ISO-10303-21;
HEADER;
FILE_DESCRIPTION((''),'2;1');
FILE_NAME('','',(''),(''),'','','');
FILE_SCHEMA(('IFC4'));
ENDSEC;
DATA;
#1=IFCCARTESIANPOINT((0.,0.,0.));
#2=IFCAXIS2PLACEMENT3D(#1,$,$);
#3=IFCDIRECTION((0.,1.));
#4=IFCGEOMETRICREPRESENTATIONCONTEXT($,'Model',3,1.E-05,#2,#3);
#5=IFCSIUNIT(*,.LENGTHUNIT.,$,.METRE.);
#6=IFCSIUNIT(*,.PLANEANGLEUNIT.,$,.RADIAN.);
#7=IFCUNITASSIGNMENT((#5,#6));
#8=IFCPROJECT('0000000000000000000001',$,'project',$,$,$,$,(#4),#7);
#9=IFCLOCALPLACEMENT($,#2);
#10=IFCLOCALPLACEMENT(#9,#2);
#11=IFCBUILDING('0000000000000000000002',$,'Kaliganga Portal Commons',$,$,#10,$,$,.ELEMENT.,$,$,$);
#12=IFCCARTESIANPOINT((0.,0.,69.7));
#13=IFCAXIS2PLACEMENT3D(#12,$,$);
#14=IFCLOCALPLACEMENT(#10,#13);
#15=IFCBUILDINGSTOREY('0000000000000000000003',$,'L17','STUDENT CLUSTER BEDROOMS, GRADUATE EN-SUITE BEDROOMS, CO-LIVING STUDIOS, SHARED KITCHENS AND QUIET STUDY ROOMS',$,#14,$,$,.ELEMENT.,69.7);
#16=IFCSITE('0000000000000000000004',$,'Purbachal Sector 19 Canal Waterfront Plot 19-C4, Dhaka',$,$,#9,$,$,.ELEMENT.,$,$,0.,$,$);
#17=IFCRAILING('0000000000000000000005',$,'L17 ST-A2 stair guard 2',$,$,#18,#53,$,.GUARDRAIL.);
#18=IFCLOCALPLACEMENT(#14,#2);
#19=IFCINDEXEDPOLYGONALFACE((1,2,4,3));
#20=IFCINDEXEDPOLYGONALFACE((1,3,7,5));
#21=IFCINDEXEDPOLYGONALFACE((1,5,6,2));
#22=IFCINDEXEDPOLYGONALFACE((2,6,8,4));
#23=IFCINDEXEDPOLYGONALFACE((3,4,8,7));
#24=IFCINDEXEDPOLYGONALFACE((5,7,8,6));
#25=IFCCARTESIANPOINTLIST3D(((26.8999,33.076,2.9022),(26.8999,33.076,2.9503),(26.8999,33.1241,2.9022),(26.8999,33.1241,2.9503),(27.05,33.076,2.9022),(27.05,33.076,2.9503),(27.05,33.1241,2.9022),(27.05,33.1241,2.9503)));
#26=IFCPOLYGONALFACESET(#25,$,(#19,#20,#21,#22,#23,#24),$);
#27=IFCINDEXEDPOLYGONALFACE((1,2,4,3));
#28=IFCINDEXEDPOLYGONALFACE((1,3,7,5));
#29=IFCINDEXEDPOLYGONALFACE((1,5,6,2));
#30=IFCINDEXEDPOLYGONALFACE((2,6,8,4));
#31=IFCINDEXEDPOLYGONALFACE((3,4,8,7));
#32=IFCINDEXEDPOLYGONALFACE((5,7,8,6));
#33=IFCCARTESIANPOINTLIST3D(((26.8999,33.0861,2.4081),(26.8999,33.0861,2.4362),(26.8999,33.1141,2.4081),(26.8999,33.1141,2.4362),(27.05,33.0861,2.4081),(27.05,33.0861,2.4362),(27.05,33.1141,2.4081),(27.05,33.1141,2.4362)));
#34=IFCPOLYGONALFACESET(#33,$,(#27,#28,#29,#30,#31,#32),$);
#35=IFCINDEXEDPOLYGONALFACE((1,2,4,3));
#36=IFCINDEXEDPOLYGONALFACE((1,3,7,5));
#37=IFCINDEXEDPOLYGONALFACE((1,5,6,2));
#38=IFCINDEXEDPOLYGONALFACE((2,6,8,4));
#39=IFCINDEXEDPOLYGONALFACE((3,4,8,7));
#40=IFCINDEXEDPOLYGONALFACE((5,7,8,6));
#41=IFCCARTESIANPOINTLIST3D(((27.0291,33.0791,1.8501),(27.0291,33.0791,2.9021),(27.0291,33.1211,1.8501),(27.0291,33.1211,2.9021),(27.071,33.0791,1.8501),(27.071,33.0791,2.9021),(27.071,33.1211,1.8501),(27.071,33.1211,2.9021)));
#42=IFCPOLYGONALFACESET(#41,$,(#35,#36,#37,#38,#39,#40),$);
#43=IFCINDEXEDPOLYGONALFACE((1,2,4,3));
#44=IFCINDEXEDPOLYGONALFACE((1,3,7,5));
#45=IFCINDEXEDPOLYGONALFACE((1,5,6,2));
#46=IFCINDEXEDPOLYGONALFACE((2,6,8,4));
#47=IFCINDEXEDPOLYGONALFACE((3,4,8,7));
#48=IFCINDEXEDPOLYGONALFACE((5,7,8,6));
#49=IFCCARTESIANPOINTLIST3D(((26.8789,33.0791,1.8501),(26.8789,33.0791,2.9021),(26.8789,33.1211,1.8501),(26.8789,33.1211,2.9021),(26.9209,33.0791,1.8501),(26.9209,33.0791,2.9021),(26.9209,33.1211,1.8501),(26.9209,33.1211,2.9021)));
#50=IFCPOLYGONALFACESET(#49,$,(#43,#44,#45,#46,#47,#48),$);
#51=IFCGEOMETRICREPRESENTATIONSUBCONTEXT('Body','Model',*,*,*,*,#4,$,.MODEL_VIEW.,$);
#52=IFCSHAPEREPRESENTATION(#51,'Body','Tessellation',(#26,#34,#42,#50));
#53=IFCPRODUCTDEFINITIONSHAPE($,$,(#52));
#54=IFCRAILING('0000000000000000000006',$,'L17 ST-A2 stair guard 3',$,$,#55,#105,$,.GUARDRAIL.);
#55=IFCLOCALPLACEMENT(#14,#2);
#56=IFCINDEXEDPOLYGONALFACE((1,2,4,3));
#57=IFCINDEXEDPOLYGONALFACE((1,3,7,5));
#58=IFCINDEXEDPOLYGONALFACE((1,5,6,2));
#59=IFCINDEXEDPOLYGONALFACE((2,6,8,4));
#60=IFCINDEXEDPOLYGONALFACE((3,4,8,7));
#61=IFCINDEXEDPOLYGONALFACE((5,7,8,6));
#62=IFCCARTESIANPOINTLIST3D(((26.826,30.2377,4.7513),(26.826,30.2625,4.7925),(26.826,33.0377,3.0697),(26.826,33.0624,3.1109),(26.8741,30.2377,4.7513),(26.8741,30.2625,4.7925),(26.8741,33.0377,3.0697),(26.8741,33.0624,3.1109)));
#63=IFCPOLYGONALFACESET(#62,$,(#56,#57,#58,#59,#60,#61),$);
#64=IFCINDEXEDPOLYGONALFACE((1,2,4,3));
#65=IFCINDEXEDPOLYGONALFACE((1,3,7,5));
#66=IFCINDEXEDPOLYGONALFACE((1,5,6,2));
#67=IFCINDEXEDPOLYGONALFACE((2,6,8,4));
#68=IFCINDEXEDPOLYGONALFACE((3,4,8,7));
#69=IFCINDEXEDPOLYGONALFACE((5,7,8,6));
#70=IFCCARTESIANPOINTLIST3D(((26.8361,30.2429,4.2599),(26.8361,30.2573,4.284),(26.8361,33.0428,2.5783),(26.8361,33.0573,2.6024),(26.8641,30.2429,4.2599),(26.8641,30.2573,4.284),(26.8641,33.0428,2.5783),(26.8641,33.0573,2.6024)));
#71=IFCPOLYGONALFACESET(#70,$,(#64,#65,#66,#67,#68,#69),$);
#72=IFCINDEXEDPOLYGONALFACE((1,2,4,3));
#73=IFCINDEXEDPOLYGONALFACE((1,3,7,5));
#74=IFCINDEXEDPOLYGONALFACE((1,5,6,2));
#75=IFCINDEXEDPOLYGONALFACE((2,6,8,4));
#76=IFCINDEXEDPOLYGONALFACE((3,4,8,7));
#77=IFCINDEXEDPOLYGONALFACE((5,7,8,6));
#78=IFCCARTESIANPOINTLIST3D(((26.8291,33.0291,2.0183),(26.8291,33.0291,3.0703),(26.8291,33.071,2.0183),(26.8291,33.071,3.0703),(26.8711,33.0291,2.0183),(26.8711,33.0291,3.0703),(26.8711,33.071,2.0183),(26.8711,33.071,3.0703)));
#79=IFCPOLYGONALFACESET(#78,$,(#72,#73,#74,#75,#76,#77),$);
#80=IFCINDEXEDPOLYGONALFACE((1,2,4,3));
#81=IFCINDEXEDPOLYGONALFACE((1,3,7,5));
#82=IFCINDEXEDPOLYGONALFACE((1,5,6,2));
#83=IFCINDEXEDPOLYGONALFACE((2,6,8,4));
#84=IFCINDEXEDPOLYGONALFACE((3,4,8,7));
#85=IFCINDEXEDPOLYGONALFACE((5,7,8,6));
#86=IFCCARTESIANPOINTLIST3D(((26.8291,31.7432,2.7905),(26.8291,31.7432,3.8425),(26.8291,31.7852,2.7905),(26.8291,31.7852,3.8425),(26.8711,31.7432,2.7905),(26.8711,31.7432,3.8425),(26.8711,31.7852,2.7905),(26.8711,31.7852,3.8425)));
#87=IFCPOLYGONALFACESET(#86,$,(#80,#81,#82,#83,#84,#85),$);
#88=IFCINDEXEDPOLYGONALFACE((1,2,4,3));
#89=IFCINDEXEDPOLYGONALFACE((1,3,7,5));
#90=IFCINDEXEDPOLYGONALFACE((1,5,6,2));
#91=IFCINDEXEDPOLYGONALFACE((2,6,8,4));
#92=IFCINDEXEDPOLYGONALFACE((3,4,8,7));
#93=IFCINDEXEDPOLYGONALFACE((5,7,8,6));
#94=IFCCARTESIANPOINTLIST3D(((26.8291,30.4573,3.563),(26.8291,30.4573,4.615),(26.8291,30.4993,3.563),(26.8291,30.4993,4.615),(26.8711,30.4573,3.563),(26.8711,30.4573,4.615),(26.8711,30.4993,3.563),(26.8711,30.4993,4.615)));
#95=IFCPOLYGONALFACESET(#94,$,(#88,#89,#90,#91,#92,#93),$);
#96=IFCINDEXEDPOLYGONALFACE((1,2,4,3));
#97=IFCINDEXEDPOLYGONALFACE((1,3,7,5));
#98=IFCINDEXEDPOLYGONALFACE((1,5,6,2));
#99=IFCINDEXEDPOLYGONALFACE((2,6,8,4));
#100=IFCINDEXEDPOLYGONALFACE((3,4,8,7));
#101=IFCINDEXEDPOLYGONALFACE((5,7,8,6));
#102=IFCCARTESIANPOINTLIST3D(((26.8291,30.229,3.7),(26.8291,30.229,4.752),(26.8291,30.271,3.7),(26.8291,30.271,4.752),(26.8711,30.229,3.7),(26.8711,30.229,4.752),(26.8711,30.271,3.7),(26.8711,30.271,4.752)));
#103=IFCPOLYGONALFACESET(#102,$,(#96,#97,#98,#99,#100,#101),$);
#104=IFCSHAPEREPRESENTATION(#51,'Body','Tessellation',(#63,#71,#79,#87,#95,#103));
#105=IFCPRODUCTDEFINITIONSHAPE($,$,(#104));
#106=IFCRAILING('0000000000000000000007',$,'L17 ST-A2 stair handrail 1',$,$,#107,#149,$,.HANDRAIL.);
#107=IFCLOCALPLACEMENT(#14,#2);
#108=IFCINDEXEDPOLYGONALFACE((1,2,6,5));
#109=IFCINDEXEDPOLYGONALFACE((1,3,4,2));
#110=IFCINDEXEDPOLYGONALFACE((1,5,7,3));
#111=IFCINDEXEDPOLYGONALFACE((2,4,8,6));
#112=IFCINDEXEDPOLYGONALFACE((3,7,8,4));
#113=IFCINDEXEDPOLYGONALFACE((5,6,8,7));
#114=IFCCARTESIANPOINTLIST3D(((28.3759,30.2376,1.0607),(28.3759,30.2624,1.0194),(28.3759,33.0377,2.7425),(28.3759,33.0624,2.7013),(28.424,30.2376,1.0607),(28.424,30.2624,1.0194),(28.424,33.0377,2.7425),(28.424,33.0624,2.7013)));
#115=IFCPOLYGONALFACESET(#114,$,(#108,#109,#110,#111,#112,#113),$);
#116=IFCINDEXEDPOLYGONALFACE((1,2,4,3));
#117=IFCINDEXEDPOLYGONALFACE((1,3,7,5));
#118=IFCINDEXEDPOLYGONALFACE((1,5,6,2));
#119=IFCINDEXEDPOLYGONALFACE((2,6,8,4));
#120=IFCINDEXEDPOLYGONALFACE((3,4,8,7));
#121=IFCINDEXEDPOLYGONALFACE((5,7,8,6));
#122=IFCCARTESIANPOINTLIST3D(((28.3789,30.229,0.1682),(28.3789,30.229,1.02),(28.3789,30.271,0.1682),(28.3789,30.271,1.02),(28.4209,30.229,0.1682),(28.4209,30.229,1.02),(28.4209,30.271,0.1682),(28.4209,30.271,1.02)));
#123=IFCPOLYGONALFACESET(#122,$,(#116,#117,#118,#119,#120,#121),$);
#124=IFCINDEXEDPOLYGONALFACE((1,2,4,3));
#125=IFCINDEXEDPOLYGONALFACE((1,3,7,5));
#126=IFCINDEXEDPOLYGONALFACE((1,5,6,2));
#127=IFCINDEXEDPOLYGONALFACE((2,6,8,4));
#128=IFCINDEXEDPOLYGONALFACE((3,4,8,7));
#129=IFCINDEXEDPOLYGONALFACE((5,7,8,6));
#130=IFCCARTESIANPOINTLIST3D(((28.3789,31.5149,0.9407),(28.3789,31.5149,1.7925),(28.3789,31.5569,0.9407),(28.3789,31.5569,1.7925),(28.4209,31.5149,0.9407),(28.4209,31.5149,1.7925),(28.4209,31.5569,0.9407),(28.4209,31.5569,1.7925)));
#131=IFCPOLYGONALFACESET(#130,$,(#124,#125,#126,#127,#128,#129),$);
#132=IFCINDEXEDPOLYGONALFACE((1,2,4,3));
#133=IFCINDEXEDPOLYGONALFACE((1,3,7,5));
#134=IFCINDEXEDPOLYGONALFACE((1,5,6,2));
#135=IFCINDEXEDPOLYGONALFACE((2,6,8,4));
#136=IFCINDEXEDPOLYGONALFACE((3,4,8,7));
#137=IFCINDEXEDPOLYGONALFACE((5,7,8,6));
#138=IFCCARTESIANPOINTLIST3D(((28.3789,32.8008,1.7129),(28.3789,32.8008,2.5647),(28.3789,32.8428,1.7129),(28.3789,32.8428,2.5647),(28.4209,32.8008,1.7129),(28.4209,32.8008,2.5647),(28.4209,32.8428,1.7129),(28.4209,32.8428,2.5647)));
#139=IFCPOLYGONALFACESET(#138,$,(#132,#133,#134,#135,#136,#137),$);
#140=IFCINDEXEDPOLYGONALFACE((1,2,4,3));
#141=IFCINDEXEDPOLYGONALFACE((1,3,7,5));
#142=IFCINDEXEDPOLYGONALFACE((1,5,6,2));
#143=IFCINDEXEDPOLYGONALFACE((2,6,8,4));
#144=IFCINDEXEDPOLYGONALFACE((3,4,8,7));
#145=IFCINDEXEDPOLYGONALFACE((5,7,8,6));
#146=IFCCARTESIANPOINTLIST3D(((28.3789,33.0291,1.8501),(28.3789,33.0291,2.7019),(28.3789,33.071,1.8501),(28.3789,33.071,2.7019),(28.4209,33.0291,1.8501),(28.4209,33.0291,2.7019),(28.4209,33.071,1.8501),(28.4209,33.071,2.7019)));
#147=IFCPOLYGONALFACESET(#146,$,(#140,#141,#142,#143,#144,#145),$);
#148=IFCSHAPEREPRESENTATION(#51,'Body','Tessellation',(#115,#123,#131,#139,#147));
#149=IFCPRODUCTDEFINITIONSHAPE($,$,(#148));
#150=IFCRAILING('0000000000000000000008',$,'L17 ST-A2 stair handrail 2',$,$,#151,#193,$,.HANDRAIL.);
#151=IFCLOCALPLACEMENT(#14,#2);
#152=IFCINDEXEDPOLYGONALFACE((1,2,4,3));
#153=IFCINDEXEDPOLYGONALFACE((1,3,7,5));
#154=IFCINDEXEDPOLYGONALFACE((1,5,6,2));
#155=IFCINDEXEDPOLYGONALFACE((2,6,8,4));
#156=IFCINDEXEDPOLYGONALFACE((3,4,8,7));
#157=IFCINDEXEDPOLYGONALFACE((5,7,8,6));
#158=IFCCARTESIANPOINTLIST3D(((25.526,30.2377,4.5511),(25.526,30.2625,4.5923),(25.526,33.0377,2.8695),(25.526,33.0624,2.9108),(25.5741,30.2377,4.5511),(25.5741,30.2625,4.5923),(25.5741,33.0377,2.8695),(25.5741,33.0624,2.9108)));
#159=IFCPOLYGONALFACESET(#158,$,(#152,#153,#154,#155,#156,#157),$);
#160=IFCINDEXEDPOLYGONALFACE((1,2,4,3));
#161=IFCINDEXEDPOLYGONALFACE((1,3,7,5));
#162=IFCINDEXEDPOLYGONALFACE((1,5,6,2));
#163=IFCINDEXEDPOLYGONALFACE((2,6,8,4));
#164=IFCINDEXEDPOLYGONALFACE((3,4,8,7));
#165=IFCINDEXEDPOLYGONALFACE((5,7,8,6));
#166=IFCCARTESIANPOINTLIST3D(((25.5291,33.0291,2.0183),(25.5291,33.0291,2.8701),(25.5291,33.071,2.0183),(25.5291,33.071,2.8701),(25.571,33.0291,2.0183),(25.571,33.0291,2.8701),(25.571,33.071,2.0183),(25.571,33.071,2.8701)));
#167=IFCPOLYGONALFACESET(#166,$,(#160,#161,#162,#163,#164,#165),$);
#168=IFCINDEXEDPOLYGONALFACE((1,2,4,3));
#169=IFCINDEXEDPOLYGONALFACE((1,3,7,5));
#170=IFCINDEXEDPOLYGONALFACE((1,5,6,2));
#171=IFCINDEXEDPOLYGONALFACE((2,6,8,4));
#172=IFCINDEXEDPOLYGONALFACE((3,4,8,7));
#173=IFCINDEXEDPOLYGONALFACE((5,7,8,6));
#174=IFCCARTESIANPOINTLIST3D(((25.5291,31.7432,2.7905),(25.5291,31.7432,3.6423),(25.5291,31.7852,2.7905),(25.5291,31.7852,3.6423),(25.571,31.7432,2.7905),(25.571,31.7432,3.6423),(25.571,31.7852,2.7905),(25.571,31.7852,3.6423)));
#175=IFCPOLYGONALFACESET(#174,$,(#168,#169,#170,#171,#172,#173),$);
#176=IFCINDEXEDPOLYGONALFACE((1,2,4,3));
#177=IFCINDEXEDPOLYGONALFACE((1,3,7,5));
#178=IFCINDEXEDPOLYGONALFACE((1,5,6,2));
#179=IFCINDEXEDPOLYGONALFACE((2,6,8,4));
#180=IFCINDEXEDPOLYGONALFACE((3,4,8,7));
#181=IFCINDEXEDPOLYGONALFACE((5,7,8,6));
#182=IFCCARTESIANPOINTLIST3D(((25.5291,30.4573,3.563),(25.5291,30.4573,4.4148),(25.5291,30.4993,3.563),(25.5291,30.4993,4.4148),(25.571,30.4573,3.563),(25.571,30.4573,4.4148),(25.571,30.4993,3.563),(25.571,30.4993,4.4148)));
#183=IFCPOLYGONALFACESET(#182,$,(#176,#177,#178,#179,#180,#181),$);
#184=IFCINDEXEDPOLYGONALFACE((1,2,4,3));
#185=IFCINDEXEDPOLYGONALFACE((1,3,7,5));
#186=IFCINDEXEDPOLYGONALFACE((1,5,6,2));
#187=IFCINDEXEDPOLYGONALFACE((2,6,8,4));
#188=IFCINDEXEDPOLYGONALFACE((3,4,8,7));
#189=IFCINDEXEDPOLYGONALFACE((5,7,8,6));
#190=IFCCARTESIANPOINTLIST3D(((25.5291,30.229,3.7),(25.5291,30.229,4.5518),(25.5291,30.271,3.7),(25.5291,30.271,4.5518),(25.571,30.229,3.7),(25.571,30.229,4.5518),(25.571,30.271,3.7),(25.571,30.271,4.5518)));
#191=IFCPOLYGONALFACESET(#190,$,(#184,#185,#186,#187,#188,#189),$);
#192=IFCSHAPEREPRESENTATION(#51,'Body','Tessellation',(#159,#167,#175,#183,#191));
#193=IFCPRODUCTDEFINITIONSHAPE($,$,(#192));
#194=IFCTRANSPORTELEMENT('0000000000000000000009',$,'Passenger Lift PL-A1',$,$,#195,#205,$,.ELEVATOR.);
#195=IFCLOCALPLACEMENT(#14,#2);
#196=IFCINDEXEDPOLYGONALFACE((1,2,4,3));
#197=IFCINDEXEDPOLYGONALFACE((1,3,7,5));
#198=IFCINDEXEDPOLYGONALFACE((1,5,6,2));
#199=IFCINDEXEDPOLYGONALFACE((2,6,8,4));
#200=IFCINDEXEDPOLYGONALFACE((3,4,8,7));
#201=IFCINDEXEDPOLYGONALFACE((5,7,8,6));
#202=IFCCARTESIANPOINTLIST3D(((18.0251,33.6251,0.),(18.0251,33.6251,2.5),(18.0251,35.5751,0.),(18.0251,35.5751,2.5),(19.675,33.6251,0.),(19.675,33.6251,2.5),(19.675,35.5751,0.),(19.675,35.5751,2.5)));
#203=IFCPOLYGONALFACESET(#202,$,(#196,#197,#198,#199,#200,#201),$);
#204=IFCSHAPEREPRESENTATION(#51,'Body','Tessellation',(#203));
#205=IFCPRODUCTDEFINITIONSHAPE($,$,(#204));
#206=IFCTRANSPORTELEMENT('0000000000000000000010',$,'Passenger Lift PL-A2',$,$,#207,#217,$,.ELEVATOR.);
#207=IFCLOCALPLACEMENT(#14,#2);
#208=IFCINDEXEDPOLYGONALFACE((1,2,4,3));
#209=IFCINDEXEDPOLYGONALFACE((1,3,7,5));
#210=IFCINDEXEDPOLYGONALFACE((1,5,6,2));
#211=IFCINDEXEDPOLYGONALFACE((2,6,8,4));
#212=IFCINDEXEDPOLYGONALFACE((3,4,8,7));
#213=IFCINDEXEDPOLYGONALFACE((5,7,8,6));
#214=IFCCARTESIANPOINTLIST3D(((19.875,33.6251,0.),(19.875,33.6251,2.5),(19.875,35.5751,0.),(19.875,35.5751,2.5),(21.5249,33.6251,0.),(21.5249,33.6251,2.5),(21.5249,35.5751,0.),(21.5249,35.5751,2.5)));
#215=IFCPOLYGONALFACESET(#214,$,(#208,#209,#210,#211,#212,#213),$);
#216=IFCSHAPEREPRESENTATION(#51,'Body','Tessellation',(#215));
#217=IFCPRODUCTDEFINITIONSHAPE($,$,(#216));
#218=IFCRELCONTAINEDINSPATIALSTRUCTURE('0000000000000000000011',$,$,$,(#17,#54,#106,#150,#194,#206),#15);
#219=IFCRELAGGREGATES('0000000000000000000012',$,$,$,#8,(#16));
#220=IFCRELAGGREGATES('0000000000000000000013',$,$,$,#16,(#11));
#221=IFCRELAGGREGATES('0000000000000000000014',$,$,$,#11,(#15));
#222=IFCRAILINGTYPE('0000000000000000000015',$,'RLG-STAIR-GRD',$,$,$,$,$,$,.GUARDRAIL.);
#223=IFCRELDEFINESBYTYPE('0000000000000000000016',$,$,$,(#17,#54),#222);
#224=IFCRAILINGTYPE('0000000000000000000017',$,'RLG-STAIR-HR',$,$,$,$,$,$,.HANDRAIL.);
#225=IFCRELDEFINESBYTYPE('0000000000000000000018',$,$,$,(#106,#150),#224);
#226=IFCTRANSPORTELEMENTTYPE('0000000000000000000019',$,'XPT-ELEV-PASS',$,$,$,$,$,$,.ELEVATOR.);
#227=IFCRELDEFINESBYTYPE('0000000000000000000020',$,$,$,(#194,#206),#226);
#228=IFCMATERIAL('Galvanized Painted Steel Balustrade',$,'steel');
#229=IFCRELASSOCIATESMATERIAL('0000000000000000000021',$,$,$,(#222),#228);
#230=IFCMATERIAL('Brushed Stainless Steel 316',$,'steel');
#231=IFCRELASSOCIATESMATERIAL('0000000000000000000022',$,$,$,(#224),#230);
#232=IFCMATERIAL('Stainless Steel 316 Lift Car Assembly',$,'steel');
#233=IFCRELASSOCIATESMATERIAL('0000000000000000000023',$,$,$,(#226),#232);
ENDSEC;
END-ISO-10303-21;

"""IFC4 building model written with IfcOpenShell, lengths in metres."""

from ifc_helpers import new_model, si_unit, direction, frame, origin, origin_2d, place, context, subcontext, project, spatial, rectangle, extrude, source, transform, mapped, material, type_object, element, save


model = new_model("IFC4")

# Units and contexts
model_context = context("Model", 3, precision=1e-05, world=origin(), true_north=direction((0.0, 1.0)))
body_context = subcontext(model_context, "Body", "Model", "MODEL_VIEW")
ifc_project = project(units=[si_unit("LENGTHUNIT", "METRE"), si_unit("PLANEANGLEUNIT", "RADIAN")], contexts=[model_context])

# Site, building, storey
site_placement = place(None, origin())
site = spatial("IfcSite", under=ifc_project, at=site_placement, Name="Purbachal Sector 19 Canal Waterfront Plot 19-C4, Dhaka", CompositionType="ELEMENT", RefElevation=0.0)
building_placement = place(site_placement, origin())
building = spatial("IfcBuilding", under=site, at=building_placement, Name="Kaliganga Portal Commons", CompositionType="ELEMENT")
storey_placement = place(building_placement, frame((0.0, 0.0, 69.7)))
storey = spatial("IfcBuildingStorey", under=building, at=storey_placement, Name="L17", Description="STUDENT CLUSTER BEDROOMS, GRADUATE EN-SUITE BEDROOMS, CO-LIVING STUDIOS, SHARED KITCHENS AND QUIET STUDY ROOMS", CompositionType="ELEMENT", Elevation=69.7)

# Railings
ifc_material_1 = material(Name="Galvanized Painted Steel Balustrade", Category="steel")
railing_type_1 = type_object("IfcRailingType", Name="RLG-STAIR-GRD", PredefinedType="GUARDRAIL", material=ifc_material_1)
railing_1_placement = place(storey_placement, frame((27.05, 33.1001, 1.8501)))
element("IfcRailing", 1, at=railing_1_placement, inside=storey, type_object=railing_type_1, Name="L17 ST-A2 stair guard 2", PredefinedType="GUARDRAIL", context=body_context, shape_type="SweptSolid", body=[
    extrude(rectangle(XDim=0.0481, YDim=0.0481, at=origin_2d()), frame((0.0, 0.0, 1.0762), z_axis=(-1.0, 0.0, 0.0), x_axis=(0.0, -1.0, 0.0)), (0.0, 0.0, 1.0), 0.1501),
    extrude(rectangle(XDim=0.0281, YDim=0.0281, at=origin_2d()), frame((0.0, 0.0, 0.572), z_axis=(-1.0, 0.0, 0.0), x_axis=(0.0, -1.0, 0.0)), (0.0, 0.0, 1.0), 0.1501),
    extrude(rectangle(XDim=0.042, YDim=0.042, at=origin_2d()), origin(), (0.0, 0.0, 1.0), 1.052),
    extrude(rectangle(XDim=0.042, YDim=0.042, at=origin_2d()), frame((-0.1501, 0.0, 0.0)), (0.0, 0.0, 1.0), 1.052),
])
railing_2_placement = place(storey_placement, frame((26.8501, 33.05, 2.0183)))
element("IfcRailing", 2, at=railing_2_placement, inside=storey, type_object=railing_type_1, Name="L17 ST-A2 stair guard 3", PredefinedType="GUARDRAIL", context=body_context, shape_type="SweptSolid", body=[
    extrude(rectangle(XDim=0.0481, YDim=0.0481, at=origin_2d()), frame((0.0, 0.0, 1.072), z_axis=(0.0, -0.857275, 0.514858), x_axis=(1.0, 0.0, 0.0)), (0.0, 0.0, 1.0), 3.2661),
    extrude(rectangle(XDim=0.0281, YDim=0.0281, at=origin_2d()), frame((0.0, 0.0, 0.572), z_axis=(0.0, -0.857275, 0.514858), x_axis=(1.0, 0.0, 0.0)), (0.0, 0.0, 1.0), 3.2661),
    extrude(rectangle(XDim=0.042, YDim=0.042, at=origin_2d()), origin(), (0.0, 0.0, 1.0), 1.052),
    extrude(rectangle(XDim=0.042, YDim=0.042, at=origin_2d()), frame((0.0, -1.2859, 0.7722)), (0.0, 0.0, 1.0), 1.052),
    extrude(rectangle(XDim=0.042, YDim=0.042, at=origin_2d()), frame((0.0, -2.5718, 1.5447)), (0.0, 0.0, 1.0), 1.052),
    extrude(rectangle(XDim=0.042, YDim=0.042, at=origin_2d()), frame((0.0, -2.8, 1.6816)), (0.0, 0.0, 1.0), 1.052),
])
ifc_material_2 = material(Name="Brushed Stainless Steel 316", Category="steel")
railing_type_2 = type_object("IfcRailingType", Name="RLG-STAIR-HR", PredefinedType="HANDRAIL", material=ifc_material_2)
railing_3_placement = place(storey_placement, frame((28.3999, 30.25, 0.1682)))
element("IfcRailing", 3, at=railing_3_placement, inside=storey, type_object=railing_type_2, Name="L17 ST-A2 stair handrail 1", PredefinedType="HANDRAIL", context=body_context, shape_type="SweptSolid", body=[
    extrude(rectangle(XDim=0.0481, YDim=0.0481, at=origin_2d()), frame((0.0, 0.0, 0.8718), z_axis=(0.0, 0.857242, 0.514913), x_axis=(-1.0, 0.0, 0.0)), (0.0, 0.0, 1.0), 3.2664),
    extrude(rectangle(XDim=0.042, YDim=0.042, at=origin_2d()), origin(), (0.0, 0.0, 1.0), 0.8518),
    extrude(rectangle(XDim=0.042, YDim=0.042, at=origin_2d()), frame((0.0, 1.2859, 0.7725)), (0.0, 0.0, 1.0), 0.8518),
    extrude(rectangle(XDim=0.042, YDim=0.042, at=origin_2d()), frame((0.0, 2.5718, 1.5447)), (0.0, 0.0, 1.0), 0.8518),
    extrude(rectangle(XDim=0.042, YDim=0.042, at=origin_2d()), frame((0.0, 2.8, 1.6819)), (0.0, 0.0, 1.0), 0.8518),
])
railing_4_placement = place(storey_placement, frame((25.55, 33.05, 2.0183)))
element("IfcRailing", 4, at=railing_4_placement, inside=storey, type_object=railing_type_2, Name="L17 ST-A2 stair handrail 2", PredefinedType="HANDRAIL", context=body_context, shape_type="SweptSolid", body=[
    extrude(rectangle(XDim=0.0481, YDim=0.0481, at=origin_2d()), frame((0.0, 0.0, 0.8718), z_axis=(0.0, -0.857275, 0.514858), x_axis=(1.0, 0.0, 0.0)), (0.0, 0.0, 1.0), 3.2661),
    extrude(rectangle(XDim=0.042, YDim=0.042, at=origin_2d()), origin(), (0.0, 0.0, 1.0), 0.8518),
    extrude(rectangle(XDim=0.042, YDim=0.042, at=origin_2d()), frame((0.0, -1.2859, 0.7722)), (0.0, 0.0, 1.0), 0.8518),
    extrude(rectangle(XDim=0.042, YDim=0.042, at=origin_2d()), frame((0.0, -2.5718, 1.5447)), (0.0, 0.0, 1.0), 0.8518),
    extrude(rectangle(XDim=0.042, YDim=0.042, at=origin_2d()), frame((0.0, -2.8, 1.6816)), (0.0, 0.0, 1.0), 0.8518),
])

# Transport elements
ifc_material_3 = material(Name="Stainless Steel 316 Lift Car Assembly", Category="steel")
transport_element_type = type_object("IfcTransportElementType", Name="XPT-ELEV-PASS", PredefinedType="ELEVATOR", material=ifc_material_3)
shared_shape_1 = source(origin(), body_context, "Body", "SweptSolid", [
    extrude(rectangle(XDim=1.6499, YDim=1.95, at=origin_2d()), origin(), (0.0, 0.0, 1.0), 2.5),
])
for number, where, z_axis, x_axis, name in (
    (5, (18.8501, 34.6001, 0.0), (0.0, 0.0, 1.0), (1.0, 0.0, 0.0), "Passenger Lift PL-A1"),
    (6, (20.7, 34.6001, 0.0), (0.0, 0.0, 1.0), (1.0, 0.0, 0.0), "Passenger Lift PL-A2"),
):
    element("IfcTransportElement", number, at=place(storey_placement, frame(where, z_axis=z_axis, x_axis=x_axis)), inside=storey, type_object=transport_element_type, Name=name, PredefinedType="ELEVATOR", context=body_context, shape_type="MappedRepresentation", body=[
        mapped(shared_shape_1, transform((0.0, 0.0, 0.0), x_axis=(1.0, 0.0, 0.0), y_axis=(0.0, 1.0, 0.0), z_axis=(0.0, 0.0, 1.0), scale=1.0)),
    ])

save(model, "model.ifc")
